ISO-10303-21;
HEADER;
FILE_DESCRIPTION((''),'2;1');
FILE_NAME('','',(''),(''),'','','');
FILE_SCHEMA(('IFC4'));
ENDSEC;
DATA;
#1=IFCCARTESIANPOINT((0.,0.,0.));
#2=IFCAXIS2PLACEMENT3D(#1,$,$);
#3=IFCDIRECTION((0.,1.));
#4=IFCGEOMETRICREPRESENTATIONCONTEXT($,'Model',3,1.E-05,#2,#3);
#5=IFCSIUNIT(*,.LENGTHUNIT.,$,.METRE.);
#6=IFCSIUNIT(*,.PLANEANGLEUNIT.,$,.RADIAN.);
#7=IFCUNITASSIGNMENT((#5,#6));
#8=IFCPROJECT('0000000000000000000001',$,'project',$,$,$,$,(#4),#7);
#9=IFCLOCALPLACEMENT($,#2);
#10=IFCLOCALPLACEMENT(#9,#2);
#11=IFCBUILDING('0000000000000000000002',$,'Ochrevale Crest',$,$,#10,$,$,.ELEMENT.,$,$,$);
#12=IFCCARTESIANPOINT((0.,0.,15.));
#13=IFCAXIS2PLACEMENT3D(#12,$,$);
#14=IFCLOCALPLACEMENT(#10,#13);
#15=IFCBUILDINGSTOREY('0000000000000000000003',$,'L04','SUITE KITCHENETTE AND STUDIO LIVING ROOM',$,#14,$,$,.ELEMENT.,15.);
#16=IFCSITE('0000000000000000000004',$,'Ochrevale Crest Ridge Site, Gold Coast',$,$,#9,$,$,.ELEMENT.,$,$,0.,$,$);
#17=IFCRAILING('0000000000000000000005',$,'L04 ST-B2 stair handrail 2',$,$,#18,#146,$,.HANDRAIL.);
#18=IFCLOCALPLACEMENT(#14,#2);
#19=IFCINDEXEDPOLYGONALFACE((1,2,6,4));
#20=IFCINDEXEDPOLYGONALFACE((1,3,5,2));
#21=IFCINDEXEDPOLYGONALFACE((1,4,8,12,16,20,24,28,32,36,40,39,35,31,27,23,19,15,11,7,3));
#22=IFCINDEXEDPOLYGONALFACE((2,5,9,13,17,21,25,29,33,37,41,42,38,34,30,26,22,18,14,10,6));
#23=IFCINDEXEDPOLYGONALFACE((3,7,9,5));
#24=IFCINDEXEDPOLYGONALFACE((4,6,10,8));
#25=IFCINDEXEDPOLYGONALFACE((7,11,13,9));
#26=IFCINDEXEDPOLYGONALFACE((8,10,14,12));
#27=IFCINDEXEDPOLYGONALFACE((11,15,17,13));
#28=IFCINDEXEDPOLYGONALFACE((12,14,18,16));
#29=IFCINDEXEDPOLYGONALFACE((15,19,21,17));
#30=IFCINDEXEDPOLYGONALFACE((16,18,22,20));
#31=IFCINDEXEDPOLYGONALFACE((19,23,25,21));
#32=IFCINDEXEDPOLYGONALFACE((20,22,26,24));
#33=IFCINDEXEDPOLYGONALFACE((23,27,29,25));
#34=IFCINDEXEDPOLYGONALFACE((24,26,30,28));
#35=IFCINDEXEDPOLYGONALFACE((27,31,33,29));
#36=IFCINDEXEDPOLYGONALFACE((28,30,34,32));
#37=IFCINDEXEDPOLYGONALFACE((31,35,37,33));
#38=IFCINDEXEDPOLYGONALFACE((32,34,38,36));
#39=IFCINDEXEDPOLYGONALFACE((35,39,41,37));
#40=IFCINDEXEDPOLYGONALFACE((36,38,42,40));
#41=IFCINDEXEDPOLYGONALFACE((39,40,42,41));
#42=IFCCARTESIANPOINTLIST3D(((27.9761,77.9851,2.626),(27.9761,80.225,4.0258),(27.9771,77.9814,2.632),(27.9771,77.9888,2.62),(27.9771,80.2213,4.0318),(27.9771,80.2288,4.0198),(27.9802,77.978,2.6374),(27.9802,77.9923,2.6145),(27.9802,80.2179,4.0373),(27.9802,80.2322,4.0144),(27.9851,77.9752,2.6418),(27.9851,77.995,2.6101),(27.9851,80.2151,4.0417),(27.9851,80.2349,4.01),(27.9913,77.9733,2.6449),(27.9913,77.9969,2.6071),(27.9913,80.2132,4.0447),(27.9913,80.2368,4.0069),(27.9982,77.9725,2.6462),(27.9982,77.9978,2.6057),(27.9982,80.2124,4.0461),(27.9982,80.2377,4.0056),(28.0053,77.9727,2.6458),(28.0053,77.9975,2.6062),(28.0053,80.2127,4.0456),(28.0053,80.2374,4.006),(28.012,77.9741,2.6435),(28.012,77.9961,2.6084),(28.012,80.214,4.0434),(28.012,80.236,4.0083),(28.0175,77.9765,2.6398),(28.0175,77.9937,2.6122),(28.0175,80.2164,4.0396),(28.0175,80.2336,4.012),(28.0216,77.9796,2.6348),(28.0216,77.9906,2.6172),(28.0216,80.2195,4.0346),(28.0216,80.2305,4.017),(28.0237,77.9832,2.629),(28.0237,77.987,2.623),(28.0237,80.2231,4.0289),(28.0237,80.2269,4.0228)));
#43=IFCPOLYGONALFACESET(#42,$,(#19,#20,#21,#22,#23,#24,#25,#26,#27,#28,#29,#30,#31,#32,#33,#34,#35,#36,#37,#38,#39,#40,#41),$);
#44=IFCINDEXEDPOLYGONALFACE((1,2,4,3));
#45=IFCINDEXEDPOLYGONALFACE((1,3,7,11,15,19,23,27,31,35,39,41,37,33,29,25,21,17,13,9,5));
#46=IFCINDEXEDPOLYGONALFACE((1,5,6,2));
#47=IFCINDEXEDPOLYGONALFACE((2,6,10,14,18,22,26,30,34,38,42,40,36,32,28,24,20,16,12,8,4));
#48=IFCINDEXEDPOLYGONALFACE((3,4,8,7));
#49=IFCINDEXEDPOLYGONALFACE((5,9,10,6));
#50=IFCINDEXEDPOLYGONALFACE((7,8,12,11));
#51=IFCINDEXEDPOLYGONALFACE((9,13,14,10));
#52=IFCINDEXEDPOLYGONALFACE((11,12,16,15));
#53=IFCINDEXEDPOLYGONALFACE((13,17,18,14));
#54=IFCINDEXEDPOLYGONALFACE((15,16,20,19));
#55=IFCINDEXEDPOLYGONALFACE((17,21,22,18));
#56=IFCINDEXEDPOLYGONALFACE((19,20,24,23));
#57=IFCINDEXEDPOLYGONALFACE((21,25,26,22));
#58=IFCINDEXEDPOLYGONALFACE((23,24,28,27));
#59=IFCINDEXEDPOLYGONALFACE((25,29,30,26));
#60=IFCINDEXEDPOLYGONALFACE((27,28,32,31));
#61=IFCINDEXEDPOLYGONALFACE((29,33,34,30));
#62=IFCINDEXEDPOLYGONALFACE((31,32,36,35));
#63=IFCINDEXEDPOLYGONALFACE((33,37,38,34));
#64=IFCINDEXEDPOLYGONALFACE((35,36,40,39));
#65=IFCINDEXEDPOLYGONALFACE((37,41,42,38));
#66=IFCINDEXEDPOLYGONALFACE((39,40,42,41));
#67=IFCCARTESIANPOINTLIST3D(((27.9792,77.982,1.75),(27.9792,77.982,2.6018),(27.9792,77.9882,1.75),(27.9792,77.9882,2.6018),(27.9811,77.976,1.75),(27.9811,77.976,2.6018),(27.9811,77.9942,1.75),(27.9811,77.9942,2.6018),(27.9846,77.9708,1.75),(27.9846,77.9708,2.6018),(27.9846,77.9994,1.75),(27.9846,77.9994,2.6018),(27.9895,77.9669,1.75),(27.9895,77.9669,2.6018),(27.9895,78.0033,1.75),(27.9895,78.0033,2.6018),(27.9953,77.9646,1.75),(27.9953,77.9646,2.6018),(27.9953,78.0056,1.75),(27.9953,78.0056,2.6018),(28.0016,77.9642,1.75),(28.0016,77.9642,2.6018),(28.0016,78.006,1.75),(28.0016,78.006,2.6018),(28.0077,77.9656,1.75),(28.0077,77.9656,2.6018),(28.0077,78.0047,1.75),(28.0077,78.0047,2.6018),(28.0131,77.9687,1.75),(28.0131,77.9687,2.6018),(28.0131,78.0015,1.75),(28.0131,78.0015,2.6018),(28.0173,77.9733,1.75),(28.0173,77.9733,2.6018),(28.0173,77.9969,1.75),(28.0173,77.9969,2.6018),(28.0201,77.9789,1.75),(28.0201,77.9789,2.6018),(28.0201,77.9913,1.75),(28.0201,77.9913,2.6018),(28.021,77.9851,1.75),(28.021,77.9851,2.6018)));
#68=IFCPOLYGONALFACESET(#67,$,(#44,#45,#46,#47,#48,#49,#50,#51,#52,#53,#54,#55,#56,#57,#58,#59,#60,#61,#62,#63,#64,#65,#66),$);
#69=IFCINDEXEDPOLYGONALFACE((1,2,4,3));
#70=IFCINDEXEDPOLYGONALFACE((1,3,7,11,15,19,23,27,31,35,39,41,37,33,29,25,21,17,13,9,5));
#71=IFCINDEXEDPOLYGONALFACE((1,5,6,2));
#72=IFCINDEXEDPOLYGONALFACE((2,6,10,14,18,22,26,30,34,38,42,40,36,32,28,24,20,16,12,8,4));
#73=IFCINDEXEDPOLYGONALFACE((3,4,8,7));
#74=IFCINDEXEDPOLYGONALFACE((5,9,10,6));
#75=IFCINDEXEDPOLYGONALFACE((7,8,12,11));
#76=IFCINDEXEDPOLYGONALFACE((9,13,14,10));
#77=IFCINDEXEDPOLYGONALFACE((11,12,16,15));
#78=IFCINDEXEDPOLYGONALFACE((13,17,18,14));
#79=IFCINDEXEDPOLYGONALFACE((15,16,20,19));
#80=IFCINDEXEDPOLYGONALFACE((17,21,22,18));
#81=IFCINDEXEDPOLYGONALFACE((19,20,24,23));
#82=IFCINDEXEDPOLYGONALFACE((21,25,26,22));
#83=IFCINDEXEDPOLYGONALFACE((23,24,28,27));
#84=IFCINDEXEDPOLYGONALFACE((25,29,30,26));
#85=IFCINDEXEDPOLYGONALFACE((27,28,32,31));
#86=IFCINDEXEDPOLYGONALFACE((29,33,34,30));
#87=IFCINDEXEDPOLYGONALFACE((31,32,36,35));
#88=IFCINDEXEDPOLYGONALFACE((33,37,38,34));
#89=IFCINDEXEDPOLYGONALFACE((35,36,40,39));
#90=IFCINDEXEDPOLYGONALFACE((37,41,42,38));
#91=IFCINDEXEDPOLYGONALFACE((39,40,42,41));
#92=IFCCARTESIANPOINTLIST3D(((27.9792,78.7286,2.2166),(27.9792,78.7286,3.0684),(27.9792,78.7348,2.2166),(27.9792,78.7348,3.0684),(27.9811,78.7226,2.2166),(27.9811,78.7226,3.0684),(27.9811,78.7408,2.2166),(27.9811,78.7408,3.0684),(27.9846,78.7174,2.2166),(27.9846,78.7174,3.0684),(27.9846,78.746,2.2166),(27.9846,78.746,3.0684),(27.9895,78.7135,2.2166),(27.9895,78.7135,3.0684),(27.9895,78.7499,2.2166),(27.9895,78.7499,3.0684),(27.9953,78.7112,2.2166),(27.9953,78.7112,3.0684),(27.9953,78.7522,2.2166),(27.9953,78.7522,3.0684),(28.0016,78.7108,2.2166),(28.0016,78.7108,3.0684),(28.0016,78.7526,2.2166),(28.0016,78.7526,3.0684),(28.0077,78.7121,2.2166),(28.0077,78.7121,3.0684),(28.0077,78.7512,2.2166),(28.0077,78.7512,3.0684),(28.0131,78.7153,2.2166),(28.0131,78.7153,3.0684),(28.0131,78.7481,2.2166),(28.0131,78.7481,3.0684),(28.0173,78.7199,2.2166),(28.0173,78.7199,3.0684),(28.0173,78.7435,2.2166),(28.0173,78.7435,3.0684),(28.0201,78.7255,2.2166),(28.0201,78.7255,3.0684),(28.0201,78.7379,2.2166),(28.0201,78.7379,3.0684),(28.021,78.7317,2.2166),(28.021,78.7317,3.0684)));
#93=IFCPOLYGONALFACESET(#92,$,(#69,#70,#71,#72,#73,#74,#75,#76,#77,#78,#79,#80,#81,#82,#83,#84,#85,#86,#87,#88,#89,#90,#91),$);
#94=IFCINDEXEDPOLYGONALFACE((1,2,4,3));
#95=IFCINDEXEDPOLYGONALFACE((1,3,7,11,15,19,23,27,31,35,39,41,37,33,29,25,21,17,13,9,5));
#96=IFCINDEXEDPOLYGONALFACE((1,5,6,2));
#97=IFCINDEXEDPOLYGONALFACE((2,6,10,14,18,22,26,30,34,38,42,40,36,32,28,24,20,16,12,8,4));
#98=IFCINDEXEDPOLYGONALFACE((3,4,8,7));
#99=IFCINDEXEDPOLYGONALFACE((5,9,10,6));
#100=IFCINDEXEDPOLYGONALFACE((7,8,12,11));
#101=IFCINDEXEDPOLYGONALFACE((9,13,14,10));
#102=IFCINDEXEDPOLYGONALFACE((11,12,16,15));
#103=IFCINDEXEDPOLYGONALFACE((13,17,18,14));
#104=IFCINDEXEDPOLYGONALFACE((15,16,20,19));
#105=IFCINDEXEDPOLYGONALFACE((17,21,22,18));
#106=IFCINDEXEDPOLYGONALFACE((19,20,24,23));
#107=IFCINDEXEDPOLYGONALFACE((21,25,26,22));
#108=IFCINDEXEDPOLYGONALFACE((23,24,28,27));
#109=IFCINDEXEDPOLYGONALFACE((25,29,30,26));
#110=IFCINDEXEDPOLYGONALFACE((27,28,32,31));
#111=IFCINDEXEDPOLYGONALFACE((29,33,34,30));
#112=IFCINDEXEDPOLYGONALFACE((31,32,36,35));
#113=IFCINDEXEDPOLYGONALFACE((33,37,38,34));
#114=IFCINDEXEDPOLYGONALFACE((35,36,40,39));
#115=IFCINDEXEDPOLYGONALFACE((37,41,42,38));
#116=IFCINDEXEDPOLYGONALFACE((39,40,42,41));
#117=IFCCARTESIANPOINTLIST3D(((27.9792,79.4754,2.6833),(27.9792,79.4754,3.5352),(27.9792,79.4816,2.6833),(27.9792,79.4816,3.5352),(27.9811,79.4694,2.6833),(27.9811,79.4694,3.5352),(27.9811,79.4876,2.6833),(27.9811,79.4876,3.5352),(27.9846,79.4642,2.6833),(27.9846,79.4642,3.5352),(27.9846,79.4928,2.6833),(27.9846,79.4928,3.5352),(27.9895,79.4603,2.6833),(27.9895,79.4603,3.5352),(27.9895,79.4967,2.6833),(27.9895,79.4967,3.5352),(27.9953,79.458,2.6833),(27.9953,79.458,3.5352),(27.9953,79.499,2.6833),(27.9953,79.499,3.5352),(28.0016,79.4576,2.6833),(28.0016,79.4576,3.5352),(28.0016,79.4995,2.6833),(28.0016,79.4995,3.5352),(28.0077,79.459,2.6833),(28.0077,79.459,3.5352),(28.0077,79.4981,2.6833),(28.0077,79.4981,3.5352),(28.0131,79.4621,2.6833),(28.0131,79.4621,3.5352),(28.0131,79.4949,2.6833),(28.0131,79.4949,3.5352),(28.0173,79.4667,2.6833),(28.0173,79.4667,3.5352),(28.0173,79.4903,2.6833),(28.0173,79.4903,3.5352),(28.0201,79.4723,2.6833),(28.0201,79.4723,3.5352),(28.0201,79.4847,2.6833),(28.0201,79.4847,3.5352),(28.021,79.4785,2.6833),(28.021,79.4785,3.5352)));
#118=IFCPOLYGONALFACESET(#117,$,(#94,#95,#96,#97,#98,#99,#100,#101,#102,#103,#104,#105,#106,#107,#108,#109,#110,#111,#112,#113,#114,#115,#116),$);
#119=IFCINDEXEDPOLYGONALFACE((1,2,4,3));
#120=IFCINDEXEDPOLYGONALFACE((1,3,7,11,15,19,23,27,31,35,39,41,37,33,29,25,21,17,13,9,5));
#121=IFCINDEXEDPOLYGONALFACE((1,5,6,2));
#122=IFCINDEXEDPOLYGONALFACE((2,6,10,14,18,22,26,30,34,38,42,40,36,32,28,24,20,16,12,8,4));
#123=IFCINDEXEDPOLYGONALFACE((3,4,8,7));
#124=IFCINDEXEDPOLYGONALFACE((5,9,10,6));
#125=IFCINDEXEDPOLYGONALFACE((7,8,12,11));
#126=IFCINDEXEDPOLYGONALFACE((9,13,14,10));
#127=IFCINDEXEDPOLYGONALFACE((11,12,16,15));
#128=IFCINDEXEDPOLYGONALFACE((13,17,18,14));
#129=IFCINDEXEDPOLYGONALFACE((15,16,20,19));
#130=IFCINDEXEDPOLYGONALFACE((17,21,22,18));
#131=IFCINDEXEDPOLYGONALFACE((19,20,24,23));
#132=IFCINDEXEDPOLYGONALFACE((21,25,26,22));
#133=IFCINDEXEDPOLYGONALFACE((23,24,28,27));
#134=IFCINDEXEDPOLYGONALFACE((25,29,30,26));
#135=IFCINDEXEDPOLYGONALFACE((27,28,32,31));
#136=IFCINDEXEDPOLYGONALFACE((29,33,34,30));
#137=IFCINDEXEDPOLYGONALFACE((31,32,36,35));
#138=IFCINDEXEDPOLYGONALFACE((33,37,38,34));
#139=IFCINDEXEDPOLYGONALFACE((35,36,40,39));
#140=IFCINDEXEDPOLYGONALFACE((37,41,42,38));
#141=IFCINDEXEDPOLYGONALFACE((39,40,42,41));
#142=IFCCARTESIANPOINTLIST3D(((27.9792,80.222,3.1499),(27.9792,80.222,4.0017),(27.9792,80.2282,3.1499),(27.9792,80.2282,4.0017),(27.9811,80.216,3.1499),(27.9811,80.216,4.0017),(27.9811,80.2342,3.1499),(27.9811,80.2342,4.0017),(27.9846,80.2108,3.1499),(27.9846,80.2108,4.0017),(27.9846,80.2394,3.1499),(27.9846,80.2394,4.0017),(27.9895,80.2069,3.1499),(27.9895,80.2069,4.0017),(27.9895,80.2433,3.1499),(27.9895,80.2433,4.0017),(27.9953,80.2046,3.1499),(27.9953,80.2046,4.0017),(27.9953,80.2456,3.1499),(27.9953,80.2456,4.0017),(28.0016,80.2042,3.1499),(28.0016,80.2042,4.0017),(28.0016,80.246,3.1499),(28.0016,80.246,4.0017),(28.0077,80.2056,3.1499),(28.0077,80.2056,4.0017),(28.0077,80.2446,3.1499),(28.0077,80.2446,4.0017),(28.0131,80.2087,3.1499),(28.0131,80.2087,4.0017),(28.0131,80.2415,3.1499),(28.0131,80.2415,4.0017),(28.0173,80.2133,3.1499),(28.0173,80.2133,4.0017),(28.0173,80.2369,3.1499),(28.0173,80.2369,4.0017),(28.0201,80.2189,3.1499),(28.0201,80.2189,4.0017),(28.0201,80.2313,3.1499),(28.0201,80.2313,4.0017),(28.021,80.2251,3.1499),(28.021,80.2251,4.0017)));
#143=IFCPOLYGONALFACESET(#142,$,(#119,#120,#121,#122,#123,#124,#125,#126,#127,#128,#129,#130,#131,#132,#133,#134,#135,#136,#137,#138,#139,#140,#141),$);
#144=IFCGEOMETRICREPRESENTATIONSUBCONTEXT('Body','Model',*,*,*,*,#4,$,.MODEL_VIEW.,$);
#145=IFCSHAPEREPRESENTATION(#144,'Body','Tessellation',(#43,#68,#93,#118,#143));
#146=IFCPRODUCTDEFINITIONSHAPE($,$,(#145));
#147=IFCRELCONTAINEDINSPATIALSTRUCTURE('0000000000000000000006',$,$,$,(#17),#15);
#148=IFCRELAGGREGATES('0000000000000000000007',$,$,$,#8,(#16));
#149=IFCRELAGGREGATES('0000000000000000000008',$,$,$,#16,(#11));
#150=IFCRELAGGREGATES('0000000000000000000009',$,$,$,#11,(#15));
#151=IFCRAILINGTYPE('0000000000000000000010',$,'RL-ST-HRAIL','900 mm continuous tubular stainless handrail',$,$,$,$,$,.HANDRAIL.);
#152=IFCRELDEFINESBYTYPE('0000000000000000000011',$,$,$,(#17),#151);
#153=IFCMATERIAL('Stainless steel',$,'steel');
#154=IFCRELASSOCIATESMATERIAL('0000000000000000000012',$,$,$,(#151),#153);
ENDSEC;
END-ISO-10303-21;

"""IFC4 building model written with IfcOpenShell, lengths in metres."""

from ifc_helpers import new_model, si_unit, direction, frame, origin, origin_2d, place, context, subcontext, project, spatial, circle, extrude, material, type_object, element, save


model = new_model("IFC4")

# Units and contexts
model_context = context("Model", 3, precision=1e-05, world=origin(), true_north=direction((0.0, 1.0)))
body_context = subcontext(model_context, "Body", "Model", "MODEL_VIEW")
ifc_project = project(units=[si_unit("LENGTHUNIT", "METRE"), si_unit("PLANEANGLEUNIT", "RADIAN")], contexts=[model_context])

# Site, building, storey
site_placement = place(None, origin())
site = spatial("IfcSite", under=ifc_project, at=site_placement, Name="Ochrevale Crest Ridge Site, Gold Coast", CompositionType="ELEMENT", RefElevation=0.0)
building_placement = place(site_placement, origin())
building = spatial("IfcBuilding", under=site, at=building_placement, Name="Ochrevale Crest", CompositionType="ELEMENT")
storey_placement = place(building_placement, frame((0.0, 0.0, 15.0)))
storey = spatial("IfcBuildingStorey", under=building, at=storey_placement, Name="L04", Description="SUITE KITCHENETTE AND STUDIO LIVING ROOM", CompositionType="ELEMENT", Elevation=15.0)

# Railing
ifc_material_1 = material(Name="Stainless steel", Category="steel")
railing_type_1 = type_object("IfcRailingType", Name="RL-ST-HRAIL", Description="900 mm continuous tubular stainless handrail", PredefinedType="HANDRAIL", material=ifc_material_1)
railing_1_placement = place(storey_placement, frame((28.0, 77.9851, 1.75)))
element("IfcRailing", 1, at=railing_1_placement, inside=storey, type_object=railing_type_1, Name="L04 ST-B2 stair handrail 2", PredefinedType="HANDRAIL", context=body_context, shape_type="SweptSolid", body=[
    extrude(circle(Radius=0.0239, at=origin_2d()), frame((0.0, 0.0, 0.876), z_axis=(0.0, 0.848014, 0.529974), x_axis=(-1.0, 0.0, 0.0)), (0.0, 0.0, 1.0), 2.6414),
    extrude(circle(Radius=0.021, at=origin_2d()), origin(), (0.0, 0.0, 1.0), 0.8518),
    extrude(circle(Radius=0.021, at=origin_2d()), frame((0.0, 0.7466, 0.4666)), (0.0, 0.0, 1.0), 0.8518),
    extrude(circle(Radius=0.021, at=origin_2d()), frame((0.0, 1.4934, 0.9333)), (0.0, 0.0, 1.0), 0.8518),
    extrude(circle(Radius=0.021, at=origin_2d()), frame((0.0, 2.24, 1.3999)), (0.0, 0.0, 1.0), 0.8518),
])

save(model, "model.ifc")
